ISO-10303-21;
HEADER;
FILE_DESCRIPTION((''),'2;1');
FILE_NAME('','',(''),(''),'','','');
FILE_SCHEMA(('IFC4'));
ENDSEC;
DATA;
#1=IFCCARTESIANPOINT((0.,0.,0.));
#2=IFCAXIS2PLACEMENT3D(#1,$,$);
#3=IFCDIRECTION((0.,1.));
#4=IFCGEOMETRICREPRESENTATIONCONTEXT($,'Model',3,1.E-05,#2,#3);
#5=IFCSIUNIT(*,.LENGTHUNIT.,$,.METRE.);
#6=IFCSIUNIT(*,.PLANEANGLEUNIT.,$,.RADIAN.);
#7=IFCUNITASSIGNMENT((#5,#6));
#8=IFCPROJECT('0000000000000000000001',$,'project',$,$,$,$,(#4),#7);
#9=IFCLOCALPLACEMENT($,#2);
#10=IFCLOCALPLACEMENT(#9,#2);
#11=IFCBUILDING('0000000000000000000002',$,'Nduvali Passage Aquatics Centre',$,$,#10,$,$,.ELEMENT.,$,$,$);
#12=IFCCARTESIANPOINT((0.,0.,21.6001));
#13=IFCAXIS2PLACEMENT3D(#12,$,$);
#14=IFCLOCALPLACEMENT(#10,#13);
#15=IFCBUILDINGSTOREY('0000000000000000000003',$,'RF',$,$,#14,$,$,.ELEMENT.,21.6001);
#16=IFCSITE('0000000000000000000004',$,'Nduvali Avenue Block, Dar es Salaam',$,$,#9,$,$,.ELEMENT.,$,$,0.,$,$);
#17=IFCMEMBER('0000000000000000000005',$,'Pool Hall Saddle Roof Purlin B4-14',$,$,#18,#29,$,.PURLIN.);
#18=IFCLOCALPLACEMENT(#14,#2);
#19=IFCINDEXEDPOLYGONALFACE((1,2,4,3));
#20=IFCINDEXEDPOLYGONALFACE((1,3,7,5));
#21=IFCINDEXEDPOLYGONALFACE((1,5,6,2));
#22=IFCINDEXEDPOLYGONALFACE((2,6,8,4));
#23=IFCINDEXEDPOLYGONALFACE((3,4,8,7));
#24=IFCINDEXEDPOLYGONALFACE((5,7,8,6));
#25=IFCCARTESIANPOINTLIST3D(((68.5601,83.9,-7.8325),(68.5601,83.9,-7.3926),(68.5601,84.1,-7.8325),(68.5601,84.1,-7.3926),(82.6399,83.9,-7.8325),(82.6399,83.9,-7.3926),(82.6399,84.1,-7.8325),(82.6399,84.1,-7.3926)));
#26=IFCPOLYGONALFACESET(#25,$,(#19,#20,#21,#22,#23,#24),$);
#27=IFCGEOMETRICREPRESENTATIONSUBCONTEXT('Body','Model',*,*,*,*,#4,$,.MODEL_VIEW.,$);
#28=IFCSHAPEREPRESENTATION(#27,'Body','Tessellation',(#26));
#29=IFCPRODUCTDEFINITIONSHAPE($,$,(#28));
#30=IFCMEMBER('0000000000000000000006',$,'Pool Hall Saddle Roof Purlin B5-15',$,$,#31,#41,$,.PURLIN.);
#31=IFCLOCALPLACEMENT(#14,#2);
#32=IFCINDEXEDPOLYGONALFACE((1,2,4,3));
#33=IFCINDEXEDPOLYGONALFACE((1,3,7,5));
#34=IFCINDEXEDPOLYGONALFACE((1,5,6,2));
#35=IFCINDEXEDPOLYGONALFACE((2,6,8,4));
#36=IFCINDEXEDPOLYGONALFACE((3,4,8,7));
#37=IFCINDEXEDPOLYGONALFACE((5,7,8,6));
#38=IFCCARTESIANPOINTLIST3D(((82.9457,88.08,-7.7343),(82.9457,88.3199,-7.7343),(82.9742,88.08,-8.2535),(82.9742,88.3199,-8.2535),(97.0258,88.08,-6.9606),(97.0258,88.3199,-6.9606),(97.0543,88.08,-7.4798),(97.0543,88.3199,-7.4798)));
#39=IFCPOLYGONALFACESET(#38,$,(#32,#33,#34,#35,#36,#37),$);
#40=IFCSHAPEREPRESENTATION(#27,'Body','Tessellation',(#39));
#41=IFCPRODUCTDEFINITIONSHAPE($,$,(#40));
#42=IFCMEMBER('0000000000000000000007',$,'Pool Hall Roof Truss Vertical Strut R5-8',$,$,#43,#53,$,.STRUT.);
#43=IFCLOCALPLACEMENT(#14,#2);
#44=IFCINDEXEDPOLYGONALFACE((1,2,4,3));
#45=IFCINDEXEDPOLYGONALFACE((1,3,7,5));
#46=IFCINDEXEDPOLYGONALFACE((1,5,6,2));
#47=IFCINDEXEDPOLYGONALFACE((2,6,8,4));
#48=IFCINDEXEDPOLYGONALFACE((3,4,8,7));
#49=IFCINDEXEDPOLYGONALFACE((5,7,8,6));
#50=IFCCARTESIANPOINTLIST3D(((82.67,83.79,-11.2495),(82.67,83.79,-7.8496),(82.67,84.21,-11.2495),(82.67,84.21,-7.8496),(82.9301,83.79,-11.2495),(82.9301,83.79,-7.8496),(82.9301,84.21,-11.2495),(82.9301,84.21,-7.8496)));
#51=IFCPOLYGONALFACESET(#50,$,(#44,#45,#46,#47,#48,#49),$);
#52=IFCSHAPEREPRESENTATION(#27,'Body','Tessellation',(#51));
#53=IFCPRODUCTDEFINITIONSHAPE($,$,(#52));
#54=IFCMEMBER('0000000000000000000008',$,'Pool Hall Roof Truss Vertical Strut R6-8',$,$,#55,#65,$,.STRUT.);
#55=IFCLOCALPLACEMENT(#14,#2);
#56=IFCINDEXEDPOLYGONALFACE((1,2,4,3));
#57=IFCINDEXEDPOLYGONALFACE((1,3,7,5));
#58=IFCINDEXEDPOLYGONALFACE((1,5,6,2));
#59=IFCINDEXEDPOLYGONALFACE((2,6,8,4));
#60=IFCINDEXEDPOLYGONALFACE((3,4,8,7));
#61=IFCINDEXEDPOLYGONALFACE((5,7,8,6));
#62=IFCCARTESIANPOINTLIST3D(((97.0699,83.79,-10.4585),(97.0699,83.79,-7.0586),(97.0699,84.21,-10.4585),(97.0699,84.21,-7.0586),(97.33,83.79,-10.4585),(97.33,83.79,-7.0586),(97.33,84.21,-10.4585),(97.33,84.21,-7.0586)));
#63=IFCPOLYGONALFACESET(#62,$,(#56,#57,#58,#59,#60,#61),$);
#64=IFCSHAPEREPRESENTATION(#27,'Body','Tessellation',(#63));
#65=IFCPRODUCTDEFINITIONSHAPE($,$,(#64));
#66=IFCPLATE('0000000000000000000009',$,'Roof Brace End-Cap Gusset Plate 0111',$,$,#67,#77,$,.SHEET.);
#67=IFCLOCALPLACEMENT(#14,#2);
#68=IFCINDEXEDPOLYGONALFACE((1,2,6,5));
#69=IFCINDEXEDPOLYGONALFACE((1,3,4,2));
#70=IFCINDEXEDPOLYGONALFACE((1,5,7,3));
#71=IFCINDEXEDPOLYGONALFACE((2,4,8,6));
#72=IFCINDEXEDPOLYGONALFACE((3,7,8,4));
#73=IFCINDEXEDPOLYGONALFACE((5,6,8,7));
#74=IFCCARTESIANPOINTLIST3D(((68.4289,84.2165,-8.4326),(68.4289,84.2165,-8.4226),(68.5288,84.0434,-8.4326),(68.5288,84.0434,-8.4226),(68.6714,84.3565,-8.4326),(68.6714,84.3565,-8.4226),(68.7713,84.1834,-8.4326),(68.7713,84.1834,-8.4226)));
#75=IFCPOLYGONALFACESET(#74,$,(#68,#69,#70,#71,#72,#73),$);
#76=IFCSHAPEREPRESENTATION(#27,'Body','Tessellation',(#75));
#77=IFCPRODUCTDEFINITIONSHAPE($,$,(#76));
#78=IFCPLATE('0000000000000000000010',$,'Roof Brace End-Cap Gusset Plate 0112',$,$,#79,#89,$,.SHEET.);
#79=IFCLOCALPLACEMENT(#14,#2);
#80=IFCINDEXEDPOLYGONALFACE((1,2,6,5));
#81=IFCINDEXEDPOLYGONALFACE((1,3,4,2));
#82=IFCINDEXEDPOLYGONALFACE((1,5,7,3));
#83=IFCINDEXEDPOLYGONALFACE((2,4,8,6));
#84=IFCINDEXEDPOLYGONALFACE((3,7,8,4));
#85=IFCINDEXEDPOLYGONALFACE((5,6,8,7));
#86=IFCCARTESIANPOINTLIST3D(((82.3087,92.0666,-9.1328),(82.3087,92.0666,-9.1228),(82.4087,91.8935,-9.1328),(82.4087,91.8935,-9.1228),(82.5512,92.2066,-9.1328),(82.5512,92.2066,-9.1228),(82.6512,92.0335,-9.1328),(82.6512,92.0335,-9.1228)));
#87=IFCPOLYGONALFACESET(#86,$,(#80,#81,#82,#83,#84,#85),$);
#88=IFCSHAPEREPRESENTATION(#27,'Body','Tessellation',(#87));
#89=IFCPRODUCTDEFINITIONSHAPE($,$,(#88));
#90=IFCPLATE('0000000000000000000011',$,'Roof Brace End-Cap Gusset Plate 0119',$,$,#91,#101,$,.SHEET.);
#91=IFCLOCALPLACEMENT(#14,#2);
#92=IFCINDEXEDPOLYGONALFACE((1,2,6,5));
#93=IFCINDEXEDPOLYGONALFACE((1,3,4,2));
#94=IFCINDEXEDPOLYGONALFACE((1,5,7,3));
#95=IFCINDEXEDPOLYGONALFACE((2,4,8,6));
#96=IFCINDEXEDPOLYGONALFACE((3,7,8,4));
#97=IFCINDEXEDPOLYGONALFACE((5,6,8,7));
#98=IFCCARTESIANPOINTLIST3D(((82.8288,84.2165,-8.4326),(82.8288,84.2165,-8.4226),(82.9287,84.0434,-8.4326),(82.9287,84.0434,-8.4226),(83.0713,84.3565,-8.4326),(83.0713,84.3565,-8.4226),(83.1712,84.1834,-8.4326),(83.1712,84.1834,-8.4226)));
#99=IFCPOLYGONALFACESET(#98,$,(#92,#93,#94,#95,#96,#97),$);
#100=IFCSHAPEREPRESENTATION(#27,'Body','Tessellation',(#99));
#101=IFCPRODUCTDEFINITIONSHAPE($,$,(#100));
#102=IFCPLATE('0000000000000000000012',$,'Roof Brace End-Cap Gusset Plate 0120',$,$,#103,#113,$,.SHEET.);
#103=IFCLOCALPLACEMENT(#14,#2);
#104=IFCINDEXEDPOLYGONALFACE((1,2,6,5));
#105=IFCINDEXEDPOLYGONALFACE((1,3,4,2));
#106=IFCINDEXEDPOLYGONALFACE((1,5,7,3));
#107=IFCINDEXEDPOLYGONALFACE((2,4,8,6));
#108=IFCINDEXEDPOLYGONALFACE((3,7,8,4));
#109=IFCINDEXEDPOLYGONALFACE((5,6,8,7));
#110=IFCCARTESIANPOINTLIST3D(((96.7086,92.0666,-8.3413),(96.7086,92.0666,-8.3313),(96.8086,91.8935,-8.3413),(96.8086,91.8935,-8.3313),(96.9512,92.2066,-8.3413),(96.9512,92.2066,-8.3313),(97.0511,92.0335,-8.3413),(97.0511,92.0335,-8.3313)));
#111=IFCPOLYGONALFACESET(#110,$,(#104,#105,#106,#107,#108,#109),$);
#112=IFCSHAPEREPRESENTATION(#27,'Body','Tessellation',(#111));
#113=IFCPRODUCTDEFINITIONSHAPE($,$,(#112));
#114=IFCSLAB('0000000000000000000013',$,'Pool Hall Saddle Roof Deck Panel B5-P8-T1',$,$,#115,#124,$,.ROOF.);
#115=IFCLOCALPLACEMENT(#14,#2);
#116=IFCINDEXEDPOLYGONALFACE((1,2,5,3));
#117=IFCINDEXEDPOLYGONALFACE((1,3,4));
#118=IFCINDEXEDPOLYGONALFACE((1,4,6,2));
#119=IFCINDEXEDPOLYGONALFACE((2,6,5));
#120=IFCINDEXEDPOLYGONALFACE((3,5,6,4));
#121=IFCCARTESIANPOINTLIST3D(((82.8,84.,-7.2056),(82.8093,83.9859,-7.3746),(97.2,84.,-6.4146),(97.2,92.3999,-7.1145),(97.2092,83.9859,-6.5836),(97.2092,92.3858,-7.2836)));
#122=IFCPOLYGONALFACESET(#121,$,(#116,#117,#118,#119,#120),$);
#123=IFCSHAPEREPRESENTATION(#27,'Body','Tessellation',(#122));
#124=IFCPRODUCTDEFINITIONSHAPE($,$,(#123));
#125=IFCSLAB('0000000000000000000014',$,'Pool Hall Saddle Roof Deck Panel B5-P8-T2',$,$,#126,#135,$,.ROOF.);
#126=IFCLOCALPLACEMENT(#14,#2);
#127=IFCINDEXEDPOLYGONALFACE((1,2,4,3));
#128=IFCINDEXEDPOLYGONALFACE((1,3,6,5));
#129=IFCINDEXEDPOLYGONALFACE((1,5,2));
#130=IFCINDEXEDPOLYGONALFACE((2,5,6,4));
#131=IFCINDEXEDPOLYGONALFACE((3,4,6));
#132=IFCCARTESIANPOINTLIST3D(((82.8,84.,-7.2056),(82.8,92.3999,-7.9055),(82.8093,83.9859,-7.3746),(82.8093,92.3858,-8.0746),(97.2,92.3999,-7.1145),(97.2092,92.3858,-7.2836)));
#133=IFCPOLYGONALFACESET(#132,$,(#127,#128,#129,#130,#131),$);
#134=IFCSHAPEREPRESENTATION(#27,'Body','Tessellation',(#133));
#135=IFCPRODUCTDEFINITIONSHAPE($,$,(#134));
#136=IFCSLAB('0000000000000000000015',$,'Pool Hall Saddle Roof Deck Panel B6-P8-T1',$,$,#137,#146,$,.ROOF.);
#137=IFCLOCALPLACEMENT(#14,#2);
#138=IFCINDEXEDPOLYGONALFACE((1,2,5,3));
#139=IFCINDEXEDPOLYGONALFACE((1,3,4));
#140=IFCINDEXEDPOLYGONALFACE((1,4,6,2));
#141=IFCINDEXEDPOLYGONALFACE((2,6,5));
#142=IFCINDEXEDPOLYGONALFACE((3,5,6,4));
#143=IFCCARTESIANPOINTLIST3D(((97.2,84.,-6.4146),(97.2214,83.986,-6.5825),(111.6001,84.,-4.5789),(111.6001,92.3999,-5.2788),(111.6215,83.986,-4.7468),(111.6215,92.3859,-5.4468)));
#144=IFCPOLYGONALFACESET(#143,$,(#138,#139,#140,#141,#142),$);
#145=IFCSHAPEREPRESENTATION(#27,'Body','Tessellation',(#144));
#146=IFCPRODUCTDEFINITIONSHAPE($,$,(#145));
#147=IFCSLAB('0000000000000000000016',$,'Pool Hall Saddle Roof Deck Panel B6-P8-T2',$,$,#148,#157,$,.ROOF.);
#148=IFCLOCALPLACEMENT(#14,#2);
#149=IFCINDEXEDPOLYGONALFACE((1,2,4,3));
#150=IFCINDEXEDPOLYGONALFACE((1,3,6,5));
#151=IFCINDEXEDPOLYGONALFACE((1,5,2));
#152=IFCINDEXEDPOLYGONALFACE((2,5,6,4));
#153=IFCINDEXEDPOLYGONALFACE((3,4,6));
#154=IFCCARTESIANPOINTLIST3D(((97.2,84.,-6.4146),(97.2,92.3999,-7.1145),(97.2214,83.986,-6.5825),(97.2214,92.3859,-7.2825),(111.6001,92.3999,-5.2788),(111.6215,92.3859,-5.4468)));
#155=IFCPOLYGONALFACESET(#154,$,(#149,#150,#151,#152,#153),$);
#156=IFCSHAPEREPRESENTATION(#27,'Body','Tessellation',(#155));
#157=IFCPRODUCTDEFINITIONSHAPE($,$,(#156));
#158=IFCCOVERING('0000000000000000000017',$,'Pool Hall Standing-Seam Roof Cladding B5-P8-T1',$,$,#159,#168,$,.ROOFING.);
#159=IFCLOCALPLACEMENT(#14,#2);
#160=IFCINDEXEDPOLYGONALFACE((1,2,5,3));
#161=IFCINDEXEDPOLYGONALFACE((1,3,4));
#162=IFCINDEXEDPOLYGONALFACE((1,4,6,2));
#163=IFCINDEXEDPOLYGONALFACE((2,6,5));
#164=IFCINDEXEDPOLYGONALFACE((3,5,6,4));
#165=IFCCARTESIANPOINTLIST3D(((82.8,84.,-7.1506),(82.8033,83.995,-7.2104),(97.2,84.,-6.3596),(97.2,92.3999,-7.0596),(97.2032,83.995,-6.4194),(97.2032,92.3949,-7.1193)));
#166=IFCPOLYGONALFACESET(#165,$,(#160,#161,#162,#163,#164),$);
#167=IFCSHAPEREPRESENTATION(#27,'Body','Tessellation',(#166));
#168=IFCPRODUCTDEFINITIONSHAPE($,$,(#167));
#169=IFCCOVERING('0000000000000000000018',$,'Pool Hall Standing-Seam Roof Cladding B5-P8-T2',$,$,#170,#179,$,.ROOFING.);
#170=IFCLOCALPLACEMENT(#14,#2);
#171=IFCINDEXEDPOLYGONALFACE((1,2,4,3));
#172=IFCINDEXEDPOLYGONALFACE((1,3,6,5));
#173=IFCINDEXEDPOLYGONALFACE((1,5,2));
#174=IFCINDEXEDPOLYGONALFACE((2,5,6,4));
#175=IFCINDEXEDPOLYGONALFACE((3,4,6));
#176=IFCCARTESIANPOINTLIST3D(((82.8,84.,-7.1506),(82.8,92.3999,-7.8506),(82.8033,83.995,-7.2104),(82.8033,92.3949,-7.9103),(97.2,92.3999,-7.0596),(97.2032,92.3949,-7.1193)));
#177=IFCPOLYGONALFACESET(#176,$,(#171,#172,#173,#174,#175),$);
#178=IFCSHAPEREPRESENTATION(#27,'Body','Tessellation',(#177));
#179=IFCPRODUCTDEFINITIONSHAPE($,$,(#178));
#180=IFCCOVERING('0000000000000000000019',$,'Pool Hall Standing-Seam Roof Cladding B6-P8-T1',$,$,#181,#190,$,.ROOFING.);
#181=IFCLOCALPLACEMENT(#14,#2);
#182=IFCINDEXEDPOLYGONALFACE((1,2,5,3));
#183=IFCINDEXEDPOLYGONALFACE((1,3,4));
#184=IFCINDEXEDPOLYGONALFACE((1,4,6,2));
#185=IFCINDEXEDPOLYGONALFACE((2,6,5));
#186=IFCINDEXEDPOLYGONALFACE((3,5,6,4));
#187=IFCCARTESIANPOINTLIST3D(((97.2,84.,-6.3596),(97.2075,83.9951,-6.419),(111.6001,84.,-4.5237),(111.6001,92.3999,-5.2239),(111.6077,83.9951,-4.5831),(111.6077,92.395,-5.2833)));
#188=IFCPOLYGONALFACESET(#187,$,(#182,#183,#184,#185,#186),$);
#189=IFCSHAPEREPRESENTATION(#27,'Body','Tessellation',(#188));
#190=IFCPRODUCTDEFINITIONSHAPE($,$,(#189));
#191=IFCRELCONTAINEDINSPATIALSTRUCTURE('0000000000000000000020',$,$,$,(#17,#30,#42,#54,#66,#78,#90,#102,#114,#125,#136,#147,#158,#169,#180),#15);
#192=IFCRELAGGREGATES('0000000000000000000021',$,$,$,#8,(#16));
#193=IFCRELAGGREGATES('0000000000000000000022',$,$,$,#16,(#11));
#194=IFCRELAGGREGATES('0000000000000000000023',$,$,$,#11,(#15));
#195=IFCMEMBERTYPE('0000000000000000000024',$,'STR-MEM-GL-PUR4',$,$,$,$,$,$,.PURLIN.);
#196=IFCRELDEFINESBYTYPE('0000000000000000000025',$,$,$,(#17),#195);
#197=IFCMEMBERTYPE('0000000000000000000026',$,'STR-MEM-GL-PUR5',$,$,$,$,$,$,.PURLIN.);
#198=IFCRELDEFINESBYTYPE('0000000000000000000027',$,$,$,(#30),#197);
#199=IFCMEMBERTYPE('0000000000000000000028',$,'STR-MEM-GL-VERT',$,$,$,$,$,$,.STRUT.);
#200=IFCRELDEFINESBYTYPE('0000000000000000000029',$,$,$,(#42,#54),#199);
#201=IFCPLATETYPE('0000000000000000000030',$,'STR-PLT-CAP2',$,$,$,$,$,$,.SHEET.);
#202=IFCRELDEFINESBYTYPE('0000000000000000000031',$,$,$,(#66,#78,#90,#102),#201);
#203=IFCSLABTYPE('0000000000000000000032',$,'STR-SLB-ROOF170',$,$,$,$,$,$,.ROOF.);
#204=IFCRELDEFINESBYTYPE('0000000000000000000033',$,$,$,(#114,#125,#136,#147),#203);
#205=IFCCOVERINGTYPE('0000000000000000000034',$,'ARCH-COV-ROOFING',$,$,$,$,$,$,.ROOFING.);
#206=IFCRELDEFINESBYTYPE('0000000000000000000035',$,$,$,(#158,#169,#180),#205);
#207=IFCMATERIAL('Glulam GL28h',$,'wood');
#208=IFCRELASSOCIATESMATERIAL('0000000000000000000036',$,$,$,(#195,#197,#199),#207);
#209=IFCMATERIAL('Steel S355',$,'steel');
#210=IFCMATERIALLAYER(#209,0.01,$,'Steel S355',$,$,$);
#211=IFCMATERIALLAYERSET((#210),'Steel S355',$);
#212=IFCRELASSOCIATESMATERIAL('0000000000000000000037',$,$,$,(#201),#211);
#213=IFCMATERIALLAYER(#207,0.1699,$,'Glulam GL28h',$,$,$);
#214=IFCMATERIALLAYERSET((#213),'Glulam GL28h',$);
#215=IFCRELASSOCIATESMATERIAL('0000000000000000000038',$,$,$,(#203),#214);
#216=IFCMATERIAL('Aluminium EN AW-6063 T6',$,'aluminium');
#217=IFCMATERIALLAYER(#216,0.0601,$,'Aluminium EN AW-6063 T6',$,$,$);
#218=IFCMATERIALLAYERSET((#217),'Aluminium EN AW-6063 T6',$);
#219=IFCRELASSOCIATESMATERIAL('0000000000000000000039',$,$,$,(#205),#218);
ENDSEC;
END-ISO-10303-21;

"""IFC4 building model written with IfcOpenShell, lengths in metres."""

from ifc_helpers import new_model, si_unit, direction, frame, origin, origin_2d, place, context, subcontext, project, spatial, polyline, rectangle, outline, extrude, material, layer, layer_set, material_profile, profile_set, type_object, element, save


model = new_model("IFC4")

# Units and contexts
model_context = context("Model", 3, precision=1e-05, world=origin(), true_north=direction((0.0, 1.0)))
body_context = subcontext(model_context, "Body", "Model", "MODEL_VIEW")
ifc_project = project(units=[si_unit("LENGTHUNIT", "METRE"), si_unit("PLANEANGLEUNIT", "RADIAN")], contexts=[model_context])

# Site, building, storey
site_placement = place(None, origin())
site = spatial("IfcSite", under=ifc_project, at=site_placement, Name="Nduvali Avenue Block, Dar es Salaam", CompositionType="ELEMENT", RefElevation=0.0)
building_placement = place(site_placement, origin())
building = spatial("IfcBuilding", under=site, at=building_placement, Name="Nduvali Passage Aquatics Centre", CompositionType="ELEMENT")
storey_placement = place(building_placement, frame((0.0, 0.0, 21.6001)))
storey = spatial("IfcBuildingStorey", under=building, at=storey_placement, Name="RF", CompositionType="ELEMENT", Elevation=21.6001)

# Shared definitions
ifc_material_1 = material(Name="Steel S355", Category="steel")

# Members
ifc_material_2 = material(Name="Glulam GL28h", Category="wood")
ifc_material_profile_1 = material_profile(ifc_material_2, rectangle(XDim=0.2, YDim=0.4399, at=origin_2d()), Name="GL28h 200x440")
ifc_profile_set_1 = profile_set([ifc_material_profile_1], Name="Glulam GL28h")
member_type_1 = type_object("IfcMemberType", Name="STR-MEM-GL-PUR4", PredefinedType="PURLIN", material=ifc_profile_set_1)
member_1_placement = place(storey_placement, frame((68.5601, 84.0, -7.6125), z_axis=(1.0, 0.0, 0.0), x_axis=(0.0, 1.0, 0.0)))
element("IfcMember", 1, at=member_1_placement, inside=storey, type_object=member_type_1, Name="Pool Hall Saddle Roof Purlin B4-14", PredefinedType="PURLIN", context=body_context, shape_type="SweptSolid", body=[
    extrude(rectangle(XDim=0.2, YDim=0.4399, at=origin_2d()), origin(), (0.0, 0.0, 1.0), 14.0798),
])
ifc_material_profile_2 = material_profile(ifc_material_2, rectangle(XDim=0.24, YDim=0.52, at=origin_2d()), Name="GL28h 240x520")
ifc_profile_set_2 = profile_set([ifc_material_profile_2], Name="Glulam GL28h")
member_type_2 = type_object("IfcMemberType", Name="STR-MEM-GL-PUR5", PredefinedType="PURLIN", material=ifc_profile_set_2)
member_2_placement = place(storey_placement, frame((82.96, 88.2, -7.9939), z_axis=(0.998494, 0.0, 0.054866), x_axis=(0.0, 1.0, 0.0)))
element("IfcMember", 2, at=member_2_placement, inside=storey, type_object=member_type_2, Name="Pool Hall Saddle Roof Purlin B5-15", PredefinedType="PURLIN", context=body_context, shape_type="SweptSolid", body=[
    extrude(rectangle(XDim=0.24, YDim=0.52, at=origin_2d()), origin(), (0.0, 0.0, 1.0), 14.1013),
])
ifc_material_profile_3 = material_profile(ifc_material_2, rectangle(XDim=0.26, YDim=0.4199, at=origin_2d()), Name="GL28h 260x420")
ifc_profile_set_3 = profile_set([ifc_material_profile_3], Name="Glulam GL28h")
member_type_3 = type_object("IfcMemberType", Name="STR-MEM-GL-VERT", PredefinedType="STRUT", material=ifc_profile_set_3)
for number, where, z_axis, x_axis, name in (
    (3, (82.8, 84.0, -11.2495), (0.0, 0.0, 1.0), (1.0, 0.0, 0.0), "Pool Hall Roof Truss Vertical Strut R5-8"),
    (4, (97.2, 84.0, -10.4585), (0.0, 0.0, 1.0), (1.0, 0.0, 0.0), "Pool Hall Roof Truss Vertical Strut R6-8"),
):
    element("IfcMember", number, at=place(storey_placement, frame(where, z_axis=z_axis, x_axis=x_axis)), inside=storey, type_object=member_type_3, Name=name, PredefinedType="STRUT", context=body_context, shape_type="SweptSolid", body=[
        extrude(rectangle(XDim=0.26, YDim=0.4199, at=origin_2d()), origin(), (0.0, 0.0, 1.0), 3.3999),
    ])

# Plates
ifc_layer_1 = layer(ifc_material_1, 0.01, Name="Steel S355")
ifc_layer_set_1 = layer_set([ifc_layer_1], Name="Steel S355")
plate_type = type_object("IfcPlateType", Name="STR-PLT-CAP2", PredefinedType="SHEET", material=ifc_layer_set_1)
for number, where, z_axis, x_axis, name in (
    (5, (68.6001, 84.2, -8.4326), (0.0, 0.0, 1.0), (0.866025, 0.5, 0.0), "Roof Brace End-Cap Gusset Plate 0111"),
    (6, (82.48, 92.05, -9.1328), (0.0, 0.0, 1.0), (0.866025, 0.5, 0.0), "Roof Brace End-Cap Gusset Plate 0112"),
    (7, (83.0, 84.2, -8.4326), (0.0, 0.0, 1.0), (0.866025, 0.5, 0.0), "Roof Brace End-Cap Gusset Plate 0119"),
    (8, (96.8799, 92.05, -8.3413), (0.0, 0.0, 1.0), (0.866025, 0.5, 0.0), "Roof Brace End-Cap Gusset Plate 0120"),
):
    element("IfcPlate", number, at=place(storey_placement, frame(where, z_axis=z_axis, x_axis=x_axis)), inside=storey, type_object=plate_type, Name=name, PredefinedType="SHEET", context=body_context, shape_type="SweptSolid", body=[
        extrude(rectangle(XDim=0.28, YDim=0.2, at=origin_2d()), origin(), (0.0, 0.0, 1.0), 0.01),
    ])

# Slabs
ifc_layer_2 = layer(ifc_material_2, 0.1699, Name="Glulam GL28h")
ifc_layer_set_2 = layer_set([ifc_layer_2], Name="Glulam GL28h")
slab_type = type_object("IfcSlabType", Name="STR-SLB-ROOF170", PredefinedType="ROOF", material=ifc_layer_set_2)
slab_1_placement = place(storey_placement, frame((82.8, 84.0, -7.2056), z_axis=(-0.05466, 0.082917, 0.995056), x_axis=(0.998495, 0.0, 0.054849)))
element("IfcSlab", 9, at=slab_1_placement, inside=storey, type_object=slab_type, Name="Pool Hall Saddle Roof Deck Panel B5-P8-T1", PredefinedType="ROOF", context=body_context, shape_type="SweptSolid", body=[
    extrude(outline(polyline([(0.0, 0.0), (14.4216, 0.0), (14.3832, 8.4289), (0.0, 0.0)])), origin(), (0.0, 0.0, -1.0), 0.1699),
])
slab_2_placement = place(storey_placement, frame((82.8, 84.0, -7.2056), z_axis=(-0.05466, 0.082917, 0.995056), x_axis=(0.863767, 0.503862, 0.005462)))
element("IfcSlab", 10, at=slab_2_placement, inside=storey, type_object=slab_type, Name="Pool Hall Saddle Roof Deck Panel B5-P8-T2", PredefinedType="ROOF", context=body_context, shape_type="SweptSolid", body=[
    extrude(outline(polyline([(0.0, 0.0), (16.671, 0.0), (4.2286, 7.2916), (0.0, 0.0)])), origin(), (0.0, 0.0, -1.0), 0.1699),
])
slab_3_placement = place(storey_placement, frame((97.2, 84.0, -6.4146), z_axis=(-0.126024, 0.082379, 0.988601), x_axis=(0.991972, 0.0, 0.126454)))
element("IfcSlab", 11, at=slab_3_placement, inside=storey, type_object=slab_type, Name="Pool Hall Saddle Roof Deck Panel B6-P8-T1", PredefinedType="ROOF", context=body_context, shape_type="SweptSolid", body=[
    extrude(outline(polyline([(0.0, 0.0), (14.5167, 0.0), (14.4282, 8.4286), (0.0, 0.0)])), origin(), (0.0, 0.0, -1.0), 0.1699),
])
slab_4_placement = place(storey_placement, frame((97.2, 84.0, -6.4146), z_axis=(-0.126024, 0.082379, 0.988601), x_axis=(0.861786, 0.502698, 0.067969)))
element("IfcSlab", 12, at=slab_4_placement, inside=storey, type_object=slab_type, Name="Pool Hall Saddle Roof Deck Panel B6-P8-T2", PredefinedType="ROOF", context=body_context, shape_type="SweptSolid", body=[
    extrude(outline(polyline([(0.0, 0.0), (16.7097, 0.0), (4.175, 7.3224), (0.0, 0.0)])), origin(), (0.0, 0.0, -1.0), 0.1699),
])

# Coverings
ifc_material_3 = material(Name="Aluminium EN AW-6063 T6", Category="aluminium")
ifc_layer_3 = layer(ifc_material_3, 0.0601, Name="Aluminium EN AW-6063 T6")
ifc_layer_set_3 = layer_set([ifc_layer_3], Name="Aluminium EN AW-6063 T6")
covering_type = type_object("IfcCoveringType", Name="ARCH-COV-ROOFING", PredefinedType="ROOFING", material=ifc_layer_set_3)
covering_1_placement = place(storey_placement, frame((82.8, 84.0, -7.1506), z_axis=(-0.05466, 0.082917, 0.995056), x_axis=(0.998495, 0.0, 0.054849)))
element("IfcCovering", 13, at=covering_1_placement, inside=storey, type_object=covering_type, Name="Pool Hall Standing-Seam Roof Cladding B5-P8-T1", PredefinedType="ROOFING", context=body_context, shape_type="SweptSolid", body=[
    extrude(outline(polyline([(0.0, 0.0), (14.4216, 0.0), (14.3832, 8.4289), (0.0, 0.0)])), origin(), (0.0, 0.0, -1.0), 0.0601),
])
covering_2_placement = place(storey_placement, frame((82.8, 84.0, -7.1506), z_axis=(-0.05466, 0.082917, 0.995056), x_axis=(0.863767, 0.503862, 0.005462)))
element("IfcCovering", 14, at=covering_2_placement, inside=storey, type_object=covering_type, Name="Pool Hall Standing-Seam Roof Cladding B5-P8-T2", PredefinedType="ROOFING", context=body_context, shape_type="SweptSolid", body=[
    extrude(outline(polyline([(0.0, 0.0), (16.671, 0.0), (4.2286, 7.2916), (0.0, 0.0)])), origin(), (0.0, 0.0, -1.0), 0.0601),
])
covering_3_placement = place(storey_placement, frame((97.2, 84.0, -6.3596), z_axis=(-0.12604, 0.082407, 0.988596), x_axis=(0.99197, 0.0, 0.126471)))
element("IfcCovering", 15, at=covering_3_placement, inside=storey, type_object=covering_type, Name="Pool Hall Standing-Seam Roof Cladding B6-P8-T1", PredefinedType="ROOFING", context=body_context, shape_type="SweptSolid", body=[
    extrude(outline(polyline([(0.0, 0.0), (14.5167, 0.0), (14.4282, 8.4286), (0.0, 0.0)])), origin(), (0.0, 0.0, -1.0), 0.0601),
])

save(model, "model.ifc")
